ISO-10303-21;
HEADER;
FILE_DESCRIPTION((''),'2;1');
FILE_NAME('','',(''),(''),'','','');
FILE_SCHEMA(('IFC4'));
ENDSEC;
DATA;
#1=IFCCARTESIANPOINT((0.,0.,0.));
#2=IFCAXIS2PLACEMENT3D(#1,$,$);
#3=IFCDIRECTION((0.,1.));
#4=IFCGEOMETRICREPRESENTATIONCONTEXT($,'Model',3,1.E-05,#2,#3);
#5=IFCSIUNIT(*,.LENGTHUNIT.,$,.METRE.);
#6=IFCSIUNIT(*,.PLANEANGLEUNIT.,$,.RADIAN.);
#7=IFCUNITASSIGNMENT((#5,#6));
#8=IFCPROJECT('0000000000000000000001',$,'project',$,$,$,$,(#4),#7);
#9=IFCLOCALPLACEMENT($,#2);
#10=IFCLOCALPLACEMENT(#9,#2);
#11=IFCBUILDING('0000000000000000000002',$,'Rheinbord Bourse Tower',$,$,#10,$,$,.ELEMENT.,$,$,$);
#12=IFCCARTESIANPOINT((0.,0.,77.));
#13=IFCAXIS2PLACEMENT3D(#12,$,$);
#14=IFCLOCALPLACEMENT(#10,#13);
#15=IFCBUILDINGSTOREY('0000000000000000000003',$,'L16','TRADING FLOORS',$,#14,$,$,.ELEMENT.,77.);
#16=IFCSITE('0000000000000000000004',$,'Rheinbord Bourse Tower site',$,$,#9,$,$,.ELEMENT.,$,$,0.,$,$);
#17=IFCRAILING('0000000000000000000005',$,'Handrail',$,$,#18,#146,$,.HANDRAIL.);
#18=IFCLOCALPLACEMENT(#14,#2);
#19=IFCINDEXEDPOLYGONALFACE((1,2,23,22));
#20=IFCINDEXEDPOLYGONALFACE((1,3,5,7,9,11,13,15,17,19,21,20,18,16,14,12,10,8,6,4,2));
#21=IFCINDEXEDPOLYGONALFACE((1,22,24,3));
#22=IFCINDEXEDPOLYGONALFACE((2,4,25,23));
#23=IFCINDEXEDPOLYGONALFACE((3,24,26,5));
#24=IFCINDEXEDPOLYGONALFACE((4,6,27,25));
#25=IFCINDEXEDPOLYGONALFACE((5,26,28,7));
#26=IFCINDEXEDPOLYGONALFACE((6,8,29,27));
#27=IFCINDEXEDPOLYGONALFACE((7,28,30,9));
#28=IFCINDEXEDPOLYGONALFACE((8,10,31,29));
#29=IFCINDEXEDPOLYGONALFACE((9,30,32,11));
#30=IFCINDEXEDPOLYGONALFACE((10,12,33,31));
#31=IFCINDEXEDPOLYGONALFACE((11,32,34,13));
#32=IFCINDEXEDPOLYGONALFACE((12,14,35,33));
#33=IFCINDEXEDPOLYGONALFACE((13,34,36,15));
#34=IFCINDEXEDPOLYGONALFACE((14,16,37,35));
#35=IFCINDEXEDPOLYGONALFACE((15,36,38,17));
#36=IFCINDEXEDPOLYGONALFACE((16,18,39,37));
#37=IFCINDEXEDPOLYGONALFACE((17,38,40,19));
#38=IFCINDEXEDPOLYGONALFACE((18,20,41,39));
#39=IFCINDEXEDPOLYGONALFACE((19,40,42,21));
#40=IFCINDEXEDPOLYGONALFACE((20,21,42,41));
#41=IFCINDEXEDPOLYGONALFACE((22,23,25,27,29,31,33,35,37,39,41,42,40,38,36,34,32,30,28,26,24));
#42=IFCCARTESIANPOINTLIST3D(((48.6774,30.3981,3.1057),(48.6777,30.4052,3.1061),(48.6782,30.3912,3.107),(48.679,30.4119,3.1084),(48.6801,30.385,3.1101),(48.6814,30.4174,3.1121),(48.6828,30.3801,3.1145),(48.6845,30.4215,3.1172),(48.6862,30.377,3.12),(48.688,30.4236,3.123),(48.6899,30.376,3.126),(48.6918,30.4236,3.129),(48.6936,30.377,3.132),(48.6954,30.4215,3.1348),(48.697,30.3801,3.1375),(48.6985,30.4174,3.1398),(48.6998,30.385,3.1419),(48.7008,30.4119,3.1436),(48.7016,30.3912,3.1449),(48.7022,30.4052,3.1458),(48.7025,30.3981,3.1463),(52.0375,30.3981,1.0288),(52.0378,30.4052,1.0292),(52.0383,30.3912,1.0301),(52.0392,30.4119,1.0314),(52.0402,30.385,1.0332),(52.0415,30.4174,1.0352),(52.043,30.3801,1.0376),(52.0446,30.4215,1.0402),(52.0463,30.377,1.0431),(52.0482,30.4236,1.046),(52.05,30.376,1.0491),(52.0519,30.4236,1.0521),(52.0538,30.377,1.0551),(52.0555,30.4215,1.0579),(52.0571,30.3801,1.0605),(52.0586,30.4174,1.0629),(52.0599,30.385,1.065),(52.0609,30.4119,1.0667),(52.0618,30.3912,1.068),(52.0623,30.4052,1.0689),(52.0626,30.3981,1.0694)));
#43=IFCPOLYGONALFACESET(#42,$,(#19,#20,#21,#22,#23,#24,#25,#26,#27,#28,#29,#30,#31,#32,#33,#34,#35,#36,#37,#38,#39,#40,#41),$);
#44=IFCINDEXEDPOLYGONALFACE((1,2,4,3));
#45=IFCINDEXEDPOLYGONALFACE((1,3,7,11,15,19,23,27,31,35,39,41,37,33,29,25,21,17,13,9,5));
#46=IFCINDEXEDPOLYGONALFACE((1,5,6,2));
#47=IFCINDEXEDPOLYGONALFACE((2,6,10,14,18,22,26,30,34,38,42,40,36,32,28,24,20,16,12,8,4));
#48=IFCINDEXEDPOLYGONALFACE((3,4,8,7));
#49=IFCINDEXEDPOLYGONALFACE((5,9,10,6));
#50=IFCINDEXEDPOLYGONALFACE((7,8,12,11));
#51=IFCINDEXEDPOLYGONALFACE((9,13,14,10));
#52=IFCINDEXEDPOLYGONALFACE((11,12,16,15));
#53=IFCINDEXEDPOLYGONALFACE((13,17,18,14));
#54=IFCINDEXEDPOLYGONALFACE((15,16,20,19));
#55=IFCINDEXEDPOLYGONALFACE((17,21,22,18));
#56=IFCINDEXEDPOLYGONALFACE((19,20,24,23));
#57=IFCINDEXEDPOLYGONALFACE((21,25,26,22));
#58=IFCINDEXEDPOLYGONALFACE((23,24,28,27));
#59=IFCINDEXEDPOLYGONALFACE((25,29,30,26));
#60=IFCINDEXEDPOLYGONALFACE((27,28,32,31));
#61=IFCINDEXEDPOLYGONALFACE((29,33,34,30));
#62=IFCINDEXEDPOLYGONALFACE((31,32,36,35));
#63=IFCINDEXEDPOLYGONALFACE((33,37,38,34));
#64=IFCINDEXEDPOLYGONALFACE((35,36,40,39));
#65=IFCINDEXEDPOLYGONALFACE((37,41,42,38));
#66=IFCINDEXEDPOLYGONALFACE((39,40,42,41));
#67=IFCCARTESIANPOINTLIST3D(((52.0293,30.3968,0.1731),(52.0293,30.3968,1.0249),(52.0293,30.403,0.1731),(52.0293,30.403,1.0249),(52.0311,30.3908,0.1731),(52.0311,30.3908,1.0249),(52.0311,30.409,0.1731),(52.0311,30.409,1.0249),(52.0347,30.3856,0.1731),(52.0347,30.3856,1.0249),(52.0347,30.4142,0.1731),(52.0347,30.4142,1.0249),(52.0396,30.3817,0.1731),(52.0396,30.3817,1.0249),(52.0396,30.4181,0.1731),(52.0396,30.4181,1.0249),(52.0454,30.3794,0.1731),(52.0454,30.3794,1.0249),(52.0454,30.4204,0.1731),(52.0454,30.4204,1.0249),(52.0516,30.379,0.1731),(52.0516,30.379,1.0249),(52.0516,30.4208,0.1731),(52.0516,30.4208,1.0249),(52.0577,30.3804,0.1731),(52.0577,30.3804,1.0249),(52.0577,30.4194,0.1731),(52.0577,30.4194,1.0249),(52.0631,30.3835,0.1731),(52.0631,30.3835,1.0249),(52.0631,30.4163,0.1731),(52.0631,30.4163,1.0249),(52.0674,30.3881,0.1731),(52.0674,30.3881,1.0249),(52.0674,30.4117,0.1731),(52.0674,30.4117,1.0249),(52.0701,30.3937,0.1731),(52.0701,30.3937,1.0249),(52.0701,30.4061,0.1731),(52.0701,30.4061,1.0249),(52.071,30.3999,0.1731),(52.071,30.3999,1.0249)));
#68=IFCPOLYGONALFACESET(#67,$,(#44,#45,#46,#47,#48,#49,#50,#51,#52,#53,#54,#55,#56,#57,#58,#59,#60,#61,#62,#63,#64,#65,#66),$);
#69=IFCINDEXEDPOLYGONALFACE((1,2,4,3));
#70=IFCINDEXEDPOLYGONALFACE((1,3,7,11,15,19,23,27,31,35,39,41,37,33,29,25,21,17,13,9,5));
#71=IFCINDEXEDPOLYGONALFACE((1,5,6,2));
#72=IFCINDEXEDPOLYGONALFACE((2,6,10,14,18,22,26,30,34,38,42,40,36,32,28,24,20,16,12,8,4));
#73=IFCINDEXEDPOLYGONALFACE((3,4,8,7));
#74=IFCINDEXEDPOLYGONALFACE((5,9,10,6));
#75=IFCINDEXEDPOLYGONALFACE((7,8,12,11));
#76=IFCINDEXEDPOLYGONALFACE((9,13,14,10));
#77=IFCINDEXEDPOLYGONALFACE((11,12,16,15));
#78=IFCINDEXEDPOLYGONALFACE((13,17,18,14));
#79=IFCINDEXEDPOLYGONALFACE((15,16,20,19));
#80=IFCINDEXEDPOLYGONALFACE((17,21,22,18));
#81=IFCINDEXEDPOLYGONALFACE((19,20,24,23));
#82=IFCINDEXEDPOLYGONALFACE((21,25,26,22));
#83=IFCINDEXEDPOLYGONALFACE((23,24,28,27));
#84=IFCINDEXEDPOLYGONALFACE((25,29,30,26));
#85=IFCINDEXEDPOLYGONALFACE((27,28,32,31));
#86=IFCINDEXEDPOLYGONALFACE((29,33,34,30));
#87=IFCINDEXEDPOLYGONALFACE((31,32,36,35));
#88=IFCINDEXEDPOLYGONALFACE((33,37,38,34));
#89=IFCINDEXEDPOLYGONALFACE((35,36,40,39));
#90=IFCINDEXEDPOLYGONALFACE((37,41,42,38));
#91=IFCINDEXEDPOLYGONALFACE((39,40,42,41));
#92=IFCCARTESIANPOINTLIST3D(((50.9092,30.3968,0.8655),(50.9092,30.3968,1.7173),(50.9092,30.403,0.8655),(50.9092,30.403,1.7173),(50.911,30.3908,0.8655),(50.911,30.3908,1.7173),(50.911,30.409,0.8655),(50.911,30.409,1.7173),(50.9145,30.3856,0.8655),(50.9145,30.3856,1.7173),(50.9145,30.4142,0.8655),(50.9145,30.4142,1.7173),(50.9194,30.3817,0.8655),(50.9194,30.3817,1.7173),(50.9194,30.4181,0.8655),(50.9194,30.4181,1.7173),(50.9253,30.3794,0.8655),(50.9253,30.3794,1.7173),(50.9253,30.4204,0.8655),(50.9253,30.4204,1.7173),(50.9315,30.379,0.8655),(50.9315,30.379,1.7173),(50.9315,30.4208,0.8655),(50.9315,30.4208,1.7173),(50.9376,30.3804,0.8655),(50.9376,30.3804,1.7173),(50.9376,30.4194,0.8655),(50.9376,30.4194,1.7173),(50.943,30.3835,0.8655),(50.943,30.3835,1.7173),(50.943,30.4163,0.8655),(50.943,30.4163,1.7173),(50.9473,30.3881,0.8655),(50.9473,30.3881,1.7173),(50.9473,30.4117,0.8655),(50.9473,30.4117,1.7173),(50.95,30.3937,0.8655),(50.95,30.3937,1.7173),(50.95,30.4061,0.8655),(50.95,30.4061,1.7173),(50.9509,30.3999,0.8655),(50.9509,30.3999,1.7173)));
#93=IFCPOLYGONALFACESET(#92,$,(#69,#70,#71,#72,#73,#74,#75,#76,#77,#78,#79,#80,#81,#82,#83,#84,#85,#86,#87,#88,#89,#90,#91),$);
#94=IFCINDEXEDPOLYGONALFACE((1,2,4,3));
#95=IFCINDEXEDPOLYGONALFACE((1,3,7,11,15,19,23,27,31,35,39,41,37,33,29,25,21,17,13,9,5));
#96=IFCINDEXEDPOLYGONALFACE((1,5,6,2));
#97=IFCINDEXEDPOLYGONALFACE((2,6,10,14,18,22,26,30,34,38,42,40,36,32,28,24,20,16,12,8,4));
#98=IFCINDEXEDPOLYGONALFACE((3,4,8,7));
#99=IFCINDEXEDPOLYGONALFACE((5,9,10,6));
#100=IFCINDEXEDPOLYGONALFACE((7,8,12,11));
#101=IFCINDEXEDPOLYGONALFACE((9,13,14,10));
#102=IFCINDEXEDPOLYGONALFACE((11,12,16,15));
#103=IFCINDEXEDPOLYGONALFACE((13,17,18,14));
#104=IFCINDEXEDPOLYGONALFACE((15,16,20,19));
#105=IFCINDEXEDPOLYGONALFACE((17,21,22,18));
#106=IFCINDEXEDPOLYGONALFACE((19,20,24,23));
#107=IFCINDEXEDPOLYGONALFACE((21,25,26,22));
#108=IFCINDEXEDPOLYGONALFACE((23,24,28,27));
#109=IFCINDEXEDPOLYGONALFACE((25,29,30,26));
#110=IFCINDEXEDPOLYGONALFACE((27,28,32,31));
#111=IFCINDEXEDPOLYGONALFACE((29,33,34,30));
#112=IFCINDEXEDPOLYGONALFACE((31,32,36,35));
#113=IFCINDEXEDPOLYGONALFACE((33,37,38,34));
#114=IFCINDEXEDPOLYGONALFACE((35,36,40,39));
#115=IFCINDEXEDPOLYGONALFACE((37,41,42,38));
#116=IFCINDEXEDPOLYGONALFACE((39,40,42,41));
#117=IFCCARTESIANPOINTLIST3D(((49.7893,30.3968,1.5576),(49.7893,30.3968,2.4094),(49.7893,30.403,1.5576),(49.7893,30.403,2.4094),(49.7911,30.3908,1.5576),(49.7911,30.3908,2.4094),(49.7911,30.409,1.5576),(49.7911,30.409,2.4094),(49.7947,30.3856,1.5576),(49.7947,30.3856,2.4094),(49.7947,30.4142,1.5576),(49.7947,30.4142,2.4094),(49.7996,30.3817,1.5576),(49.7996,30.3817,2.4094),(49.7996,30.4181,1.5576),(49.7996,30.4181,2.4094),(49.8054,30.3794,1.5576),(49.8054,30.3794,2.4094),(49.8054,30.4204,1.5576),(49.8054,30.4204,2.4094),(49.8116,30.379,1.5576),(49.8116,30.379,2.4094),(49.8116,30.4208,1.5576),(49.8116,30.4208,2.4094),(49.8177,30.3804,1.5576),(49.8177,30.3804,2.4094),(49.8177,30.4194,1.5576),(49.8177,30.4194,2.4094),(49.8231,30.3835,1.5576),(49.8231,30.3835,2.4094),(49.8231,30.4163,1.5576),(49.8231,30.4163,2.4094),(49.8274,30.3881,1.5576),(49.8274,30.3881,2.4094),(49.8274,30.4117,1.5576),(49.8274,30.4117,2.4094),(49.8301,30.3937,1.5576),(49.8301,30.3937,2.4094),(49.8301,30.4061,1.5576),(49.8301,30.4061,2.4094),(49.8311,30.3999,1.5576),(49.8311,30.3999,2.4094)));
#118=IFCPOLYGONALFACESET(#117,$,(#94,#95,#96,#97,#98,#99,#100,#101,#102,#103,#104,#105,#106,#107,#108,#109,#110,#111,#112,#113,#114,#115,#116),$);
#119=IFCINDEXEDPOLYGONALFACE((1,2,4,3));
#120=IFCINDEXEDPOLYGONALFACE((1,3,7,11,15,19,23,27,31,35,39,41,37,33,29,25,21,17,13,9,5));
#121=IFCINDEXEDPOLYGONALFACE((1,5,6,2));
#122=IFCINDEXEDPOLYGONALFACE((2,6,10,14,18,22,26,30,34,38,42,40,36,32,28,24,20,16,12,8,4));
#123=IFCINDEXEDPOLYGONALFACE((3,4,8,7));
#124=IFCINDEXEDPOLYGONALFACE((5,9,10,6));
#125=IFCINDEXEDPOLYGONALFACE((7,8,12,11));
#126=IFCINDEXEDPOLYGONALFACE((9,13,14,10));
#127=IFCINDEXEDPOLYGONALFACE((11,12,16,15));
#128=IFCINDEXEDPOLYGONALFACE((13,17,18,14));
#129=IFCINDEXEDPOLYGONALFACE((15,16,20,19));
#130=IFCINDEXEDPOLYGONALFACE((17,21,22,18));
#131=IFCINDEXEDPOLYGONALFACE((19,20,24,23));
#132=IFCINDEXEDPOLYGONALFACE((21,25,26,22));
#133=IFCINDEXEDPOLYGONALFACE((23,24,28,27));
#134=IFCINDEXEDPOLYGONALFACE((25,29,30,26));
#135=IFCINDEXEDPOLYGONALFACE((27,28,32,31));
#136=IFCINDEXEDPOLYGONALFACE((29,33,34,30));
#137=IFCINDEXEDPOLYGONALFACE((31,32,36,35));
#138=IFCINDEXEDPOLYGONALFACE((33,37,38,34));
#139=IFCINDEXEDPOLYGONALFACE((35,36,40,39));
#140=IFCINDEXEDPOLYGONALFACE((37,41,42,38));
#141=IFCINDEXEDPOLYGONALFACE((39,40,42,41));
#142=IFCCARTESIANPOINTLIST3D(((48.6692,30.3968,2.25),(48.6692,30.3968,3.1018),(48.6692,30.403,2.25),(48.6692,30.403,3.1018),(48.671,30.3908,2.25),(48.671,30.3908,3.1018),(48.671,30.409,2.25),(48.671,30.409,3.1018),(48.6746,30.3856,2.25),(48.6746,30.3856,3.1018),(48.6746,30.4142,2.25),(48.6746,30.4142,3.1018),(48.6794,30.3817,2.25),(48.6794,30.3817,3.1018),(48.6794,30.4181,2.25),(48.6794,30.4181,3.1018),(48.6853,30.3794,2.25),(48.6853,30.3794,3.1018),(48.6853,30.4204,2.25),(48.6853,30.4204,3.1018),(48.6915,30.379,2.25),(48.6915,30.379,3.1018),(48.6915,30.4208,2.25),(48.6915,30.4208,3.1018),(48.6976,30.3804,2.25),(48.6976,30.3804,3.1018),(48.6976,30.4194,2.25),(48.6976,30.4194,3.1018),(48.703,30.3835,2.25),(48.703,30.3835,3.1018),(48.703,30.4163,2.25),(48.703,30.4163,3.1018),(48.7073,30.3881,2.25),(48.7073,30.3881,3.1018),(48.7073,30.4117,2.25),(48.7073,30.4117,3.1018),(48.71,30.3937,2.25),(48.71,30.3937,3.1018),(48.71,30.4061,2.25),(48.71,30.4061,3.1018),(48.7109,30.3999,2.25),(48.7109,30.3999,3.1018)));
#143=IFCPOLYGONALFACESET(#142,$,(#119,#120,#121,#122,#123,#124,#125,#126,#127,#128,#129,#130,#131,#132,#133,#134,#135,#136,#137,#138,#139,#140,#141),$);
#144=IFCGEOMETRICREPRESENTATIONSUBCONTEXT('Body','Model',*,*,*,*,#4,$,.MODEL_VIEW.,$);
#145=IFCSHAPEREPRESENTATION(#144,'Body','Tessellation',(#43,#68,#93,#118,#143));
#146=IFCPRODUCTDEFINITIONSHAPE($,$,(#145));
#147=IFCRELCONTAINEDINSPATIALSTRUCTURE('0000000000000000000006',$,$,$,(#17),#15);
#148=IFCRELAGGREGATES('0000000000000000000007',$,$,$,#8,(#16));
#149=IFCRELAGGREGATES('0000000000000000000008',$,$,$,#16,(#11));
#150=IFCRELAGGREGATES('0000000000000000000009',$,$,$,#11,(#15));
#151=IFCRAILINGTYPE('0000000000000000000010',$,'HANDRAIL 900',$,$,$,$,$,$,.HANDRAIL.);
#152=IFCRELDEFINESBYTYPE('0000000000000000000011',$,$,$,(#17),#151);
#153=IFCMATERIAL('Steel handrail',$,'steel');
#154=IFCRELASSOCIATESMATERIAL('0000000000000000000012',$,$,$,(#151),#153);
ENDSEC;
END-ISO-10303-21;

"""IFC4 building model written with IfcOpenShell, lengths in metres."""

from ifc_helpers import new_model, si_unit, direction, frame, origin, origin_2d, place, context, subcontext, project, spatial, circle, extrude, material, type_object, element, save


model = new_model("IFC4")

# Units and contexts
model_context = context("Model", 3, precision=1e-05, world=origin(), true_north=direction((0.0, 1.0)))
body_context = subcontext(model_context, "Body", "Model", "MODEL_VIEW")
ifc_project = project(units=[si_unit("LENGTHUNIT", "METRE"), si_unit("PLANEANGLEUNIT", "RADIAN")], contexts=[model_context])

# Site, building, storey
site_placement = place(None, origin())
site = spatial("IfcSite", under=ifc_project, at=site_placement, Name="Rheinbord Bourse Tower site", CompositionType="ELEMENT", RefElevation=0.0)
building_placement = place(site_placement, origin())
building = spatial("IfcBuilding", under=site, at=building_placement, Name="Rheinbord Bourse Tower", CompositionType="ELEMENT")
storey_placement = place(building_placement, frame((0.0, 0.0, 77.0)))
storey = spatial("IfcBuildingStorey", under=building, at=storey_placement, Name="L16", Description="TRADING FLOORS", CompositionType="ELEMENT", Elevation=77.0)

# Railing
ifc_material_1 = material(Name="Steel handrail", Category="steel")
railing_type = type_object("IfcRailingType", Name="HANDRAIL 900", PredefinedType="HANDRAIL", material=ifc_material_1)
railing_1_placement = place(storey_placement, frame((52.05, 30.3999, 0.1731)))
element("IfcRailing", 1, at=railing_1_placement, inside=storey, type_object=railing_type, Name="Handrail", PredefinedType="HANDRAIL", context=body_context, shape_type="SweptSolid", body=[
    extrude(circle(Radius=0.0239, at=origin_2d()), frame((0.0, 0.0, 0.876), z_axis=(-0.850623, 0.0, 0.525776), x_axis=(0.0, -1.0, 0.0)), (0.0, 0.0, 1.0), 3.9502),
    extrude(circle(Radius=0.021, at=origin_2d()), origin(), (0.0, 0.0, 1.0), 0.8518),
    extrude(circle(Radius=0.021, at=origin_2d()), frame((-1.1201, 0.0, 0.6924)), (0.0, 0.0, 1.0), 0.8518),
    extrude(circle(Radius=0.021, at=origin_2d()), frame((-2.24, 0.0, 1.3845)), (0.0, 0.0, 1.0), 0.8518),
    extrude(circle(Radius=0.021, at=origin_2d()), frame((-3.3601, 0.0, 2.0769)), (0.0, 0.0, 1.0), 0.8518),
])

save(model, "model.ifc")
